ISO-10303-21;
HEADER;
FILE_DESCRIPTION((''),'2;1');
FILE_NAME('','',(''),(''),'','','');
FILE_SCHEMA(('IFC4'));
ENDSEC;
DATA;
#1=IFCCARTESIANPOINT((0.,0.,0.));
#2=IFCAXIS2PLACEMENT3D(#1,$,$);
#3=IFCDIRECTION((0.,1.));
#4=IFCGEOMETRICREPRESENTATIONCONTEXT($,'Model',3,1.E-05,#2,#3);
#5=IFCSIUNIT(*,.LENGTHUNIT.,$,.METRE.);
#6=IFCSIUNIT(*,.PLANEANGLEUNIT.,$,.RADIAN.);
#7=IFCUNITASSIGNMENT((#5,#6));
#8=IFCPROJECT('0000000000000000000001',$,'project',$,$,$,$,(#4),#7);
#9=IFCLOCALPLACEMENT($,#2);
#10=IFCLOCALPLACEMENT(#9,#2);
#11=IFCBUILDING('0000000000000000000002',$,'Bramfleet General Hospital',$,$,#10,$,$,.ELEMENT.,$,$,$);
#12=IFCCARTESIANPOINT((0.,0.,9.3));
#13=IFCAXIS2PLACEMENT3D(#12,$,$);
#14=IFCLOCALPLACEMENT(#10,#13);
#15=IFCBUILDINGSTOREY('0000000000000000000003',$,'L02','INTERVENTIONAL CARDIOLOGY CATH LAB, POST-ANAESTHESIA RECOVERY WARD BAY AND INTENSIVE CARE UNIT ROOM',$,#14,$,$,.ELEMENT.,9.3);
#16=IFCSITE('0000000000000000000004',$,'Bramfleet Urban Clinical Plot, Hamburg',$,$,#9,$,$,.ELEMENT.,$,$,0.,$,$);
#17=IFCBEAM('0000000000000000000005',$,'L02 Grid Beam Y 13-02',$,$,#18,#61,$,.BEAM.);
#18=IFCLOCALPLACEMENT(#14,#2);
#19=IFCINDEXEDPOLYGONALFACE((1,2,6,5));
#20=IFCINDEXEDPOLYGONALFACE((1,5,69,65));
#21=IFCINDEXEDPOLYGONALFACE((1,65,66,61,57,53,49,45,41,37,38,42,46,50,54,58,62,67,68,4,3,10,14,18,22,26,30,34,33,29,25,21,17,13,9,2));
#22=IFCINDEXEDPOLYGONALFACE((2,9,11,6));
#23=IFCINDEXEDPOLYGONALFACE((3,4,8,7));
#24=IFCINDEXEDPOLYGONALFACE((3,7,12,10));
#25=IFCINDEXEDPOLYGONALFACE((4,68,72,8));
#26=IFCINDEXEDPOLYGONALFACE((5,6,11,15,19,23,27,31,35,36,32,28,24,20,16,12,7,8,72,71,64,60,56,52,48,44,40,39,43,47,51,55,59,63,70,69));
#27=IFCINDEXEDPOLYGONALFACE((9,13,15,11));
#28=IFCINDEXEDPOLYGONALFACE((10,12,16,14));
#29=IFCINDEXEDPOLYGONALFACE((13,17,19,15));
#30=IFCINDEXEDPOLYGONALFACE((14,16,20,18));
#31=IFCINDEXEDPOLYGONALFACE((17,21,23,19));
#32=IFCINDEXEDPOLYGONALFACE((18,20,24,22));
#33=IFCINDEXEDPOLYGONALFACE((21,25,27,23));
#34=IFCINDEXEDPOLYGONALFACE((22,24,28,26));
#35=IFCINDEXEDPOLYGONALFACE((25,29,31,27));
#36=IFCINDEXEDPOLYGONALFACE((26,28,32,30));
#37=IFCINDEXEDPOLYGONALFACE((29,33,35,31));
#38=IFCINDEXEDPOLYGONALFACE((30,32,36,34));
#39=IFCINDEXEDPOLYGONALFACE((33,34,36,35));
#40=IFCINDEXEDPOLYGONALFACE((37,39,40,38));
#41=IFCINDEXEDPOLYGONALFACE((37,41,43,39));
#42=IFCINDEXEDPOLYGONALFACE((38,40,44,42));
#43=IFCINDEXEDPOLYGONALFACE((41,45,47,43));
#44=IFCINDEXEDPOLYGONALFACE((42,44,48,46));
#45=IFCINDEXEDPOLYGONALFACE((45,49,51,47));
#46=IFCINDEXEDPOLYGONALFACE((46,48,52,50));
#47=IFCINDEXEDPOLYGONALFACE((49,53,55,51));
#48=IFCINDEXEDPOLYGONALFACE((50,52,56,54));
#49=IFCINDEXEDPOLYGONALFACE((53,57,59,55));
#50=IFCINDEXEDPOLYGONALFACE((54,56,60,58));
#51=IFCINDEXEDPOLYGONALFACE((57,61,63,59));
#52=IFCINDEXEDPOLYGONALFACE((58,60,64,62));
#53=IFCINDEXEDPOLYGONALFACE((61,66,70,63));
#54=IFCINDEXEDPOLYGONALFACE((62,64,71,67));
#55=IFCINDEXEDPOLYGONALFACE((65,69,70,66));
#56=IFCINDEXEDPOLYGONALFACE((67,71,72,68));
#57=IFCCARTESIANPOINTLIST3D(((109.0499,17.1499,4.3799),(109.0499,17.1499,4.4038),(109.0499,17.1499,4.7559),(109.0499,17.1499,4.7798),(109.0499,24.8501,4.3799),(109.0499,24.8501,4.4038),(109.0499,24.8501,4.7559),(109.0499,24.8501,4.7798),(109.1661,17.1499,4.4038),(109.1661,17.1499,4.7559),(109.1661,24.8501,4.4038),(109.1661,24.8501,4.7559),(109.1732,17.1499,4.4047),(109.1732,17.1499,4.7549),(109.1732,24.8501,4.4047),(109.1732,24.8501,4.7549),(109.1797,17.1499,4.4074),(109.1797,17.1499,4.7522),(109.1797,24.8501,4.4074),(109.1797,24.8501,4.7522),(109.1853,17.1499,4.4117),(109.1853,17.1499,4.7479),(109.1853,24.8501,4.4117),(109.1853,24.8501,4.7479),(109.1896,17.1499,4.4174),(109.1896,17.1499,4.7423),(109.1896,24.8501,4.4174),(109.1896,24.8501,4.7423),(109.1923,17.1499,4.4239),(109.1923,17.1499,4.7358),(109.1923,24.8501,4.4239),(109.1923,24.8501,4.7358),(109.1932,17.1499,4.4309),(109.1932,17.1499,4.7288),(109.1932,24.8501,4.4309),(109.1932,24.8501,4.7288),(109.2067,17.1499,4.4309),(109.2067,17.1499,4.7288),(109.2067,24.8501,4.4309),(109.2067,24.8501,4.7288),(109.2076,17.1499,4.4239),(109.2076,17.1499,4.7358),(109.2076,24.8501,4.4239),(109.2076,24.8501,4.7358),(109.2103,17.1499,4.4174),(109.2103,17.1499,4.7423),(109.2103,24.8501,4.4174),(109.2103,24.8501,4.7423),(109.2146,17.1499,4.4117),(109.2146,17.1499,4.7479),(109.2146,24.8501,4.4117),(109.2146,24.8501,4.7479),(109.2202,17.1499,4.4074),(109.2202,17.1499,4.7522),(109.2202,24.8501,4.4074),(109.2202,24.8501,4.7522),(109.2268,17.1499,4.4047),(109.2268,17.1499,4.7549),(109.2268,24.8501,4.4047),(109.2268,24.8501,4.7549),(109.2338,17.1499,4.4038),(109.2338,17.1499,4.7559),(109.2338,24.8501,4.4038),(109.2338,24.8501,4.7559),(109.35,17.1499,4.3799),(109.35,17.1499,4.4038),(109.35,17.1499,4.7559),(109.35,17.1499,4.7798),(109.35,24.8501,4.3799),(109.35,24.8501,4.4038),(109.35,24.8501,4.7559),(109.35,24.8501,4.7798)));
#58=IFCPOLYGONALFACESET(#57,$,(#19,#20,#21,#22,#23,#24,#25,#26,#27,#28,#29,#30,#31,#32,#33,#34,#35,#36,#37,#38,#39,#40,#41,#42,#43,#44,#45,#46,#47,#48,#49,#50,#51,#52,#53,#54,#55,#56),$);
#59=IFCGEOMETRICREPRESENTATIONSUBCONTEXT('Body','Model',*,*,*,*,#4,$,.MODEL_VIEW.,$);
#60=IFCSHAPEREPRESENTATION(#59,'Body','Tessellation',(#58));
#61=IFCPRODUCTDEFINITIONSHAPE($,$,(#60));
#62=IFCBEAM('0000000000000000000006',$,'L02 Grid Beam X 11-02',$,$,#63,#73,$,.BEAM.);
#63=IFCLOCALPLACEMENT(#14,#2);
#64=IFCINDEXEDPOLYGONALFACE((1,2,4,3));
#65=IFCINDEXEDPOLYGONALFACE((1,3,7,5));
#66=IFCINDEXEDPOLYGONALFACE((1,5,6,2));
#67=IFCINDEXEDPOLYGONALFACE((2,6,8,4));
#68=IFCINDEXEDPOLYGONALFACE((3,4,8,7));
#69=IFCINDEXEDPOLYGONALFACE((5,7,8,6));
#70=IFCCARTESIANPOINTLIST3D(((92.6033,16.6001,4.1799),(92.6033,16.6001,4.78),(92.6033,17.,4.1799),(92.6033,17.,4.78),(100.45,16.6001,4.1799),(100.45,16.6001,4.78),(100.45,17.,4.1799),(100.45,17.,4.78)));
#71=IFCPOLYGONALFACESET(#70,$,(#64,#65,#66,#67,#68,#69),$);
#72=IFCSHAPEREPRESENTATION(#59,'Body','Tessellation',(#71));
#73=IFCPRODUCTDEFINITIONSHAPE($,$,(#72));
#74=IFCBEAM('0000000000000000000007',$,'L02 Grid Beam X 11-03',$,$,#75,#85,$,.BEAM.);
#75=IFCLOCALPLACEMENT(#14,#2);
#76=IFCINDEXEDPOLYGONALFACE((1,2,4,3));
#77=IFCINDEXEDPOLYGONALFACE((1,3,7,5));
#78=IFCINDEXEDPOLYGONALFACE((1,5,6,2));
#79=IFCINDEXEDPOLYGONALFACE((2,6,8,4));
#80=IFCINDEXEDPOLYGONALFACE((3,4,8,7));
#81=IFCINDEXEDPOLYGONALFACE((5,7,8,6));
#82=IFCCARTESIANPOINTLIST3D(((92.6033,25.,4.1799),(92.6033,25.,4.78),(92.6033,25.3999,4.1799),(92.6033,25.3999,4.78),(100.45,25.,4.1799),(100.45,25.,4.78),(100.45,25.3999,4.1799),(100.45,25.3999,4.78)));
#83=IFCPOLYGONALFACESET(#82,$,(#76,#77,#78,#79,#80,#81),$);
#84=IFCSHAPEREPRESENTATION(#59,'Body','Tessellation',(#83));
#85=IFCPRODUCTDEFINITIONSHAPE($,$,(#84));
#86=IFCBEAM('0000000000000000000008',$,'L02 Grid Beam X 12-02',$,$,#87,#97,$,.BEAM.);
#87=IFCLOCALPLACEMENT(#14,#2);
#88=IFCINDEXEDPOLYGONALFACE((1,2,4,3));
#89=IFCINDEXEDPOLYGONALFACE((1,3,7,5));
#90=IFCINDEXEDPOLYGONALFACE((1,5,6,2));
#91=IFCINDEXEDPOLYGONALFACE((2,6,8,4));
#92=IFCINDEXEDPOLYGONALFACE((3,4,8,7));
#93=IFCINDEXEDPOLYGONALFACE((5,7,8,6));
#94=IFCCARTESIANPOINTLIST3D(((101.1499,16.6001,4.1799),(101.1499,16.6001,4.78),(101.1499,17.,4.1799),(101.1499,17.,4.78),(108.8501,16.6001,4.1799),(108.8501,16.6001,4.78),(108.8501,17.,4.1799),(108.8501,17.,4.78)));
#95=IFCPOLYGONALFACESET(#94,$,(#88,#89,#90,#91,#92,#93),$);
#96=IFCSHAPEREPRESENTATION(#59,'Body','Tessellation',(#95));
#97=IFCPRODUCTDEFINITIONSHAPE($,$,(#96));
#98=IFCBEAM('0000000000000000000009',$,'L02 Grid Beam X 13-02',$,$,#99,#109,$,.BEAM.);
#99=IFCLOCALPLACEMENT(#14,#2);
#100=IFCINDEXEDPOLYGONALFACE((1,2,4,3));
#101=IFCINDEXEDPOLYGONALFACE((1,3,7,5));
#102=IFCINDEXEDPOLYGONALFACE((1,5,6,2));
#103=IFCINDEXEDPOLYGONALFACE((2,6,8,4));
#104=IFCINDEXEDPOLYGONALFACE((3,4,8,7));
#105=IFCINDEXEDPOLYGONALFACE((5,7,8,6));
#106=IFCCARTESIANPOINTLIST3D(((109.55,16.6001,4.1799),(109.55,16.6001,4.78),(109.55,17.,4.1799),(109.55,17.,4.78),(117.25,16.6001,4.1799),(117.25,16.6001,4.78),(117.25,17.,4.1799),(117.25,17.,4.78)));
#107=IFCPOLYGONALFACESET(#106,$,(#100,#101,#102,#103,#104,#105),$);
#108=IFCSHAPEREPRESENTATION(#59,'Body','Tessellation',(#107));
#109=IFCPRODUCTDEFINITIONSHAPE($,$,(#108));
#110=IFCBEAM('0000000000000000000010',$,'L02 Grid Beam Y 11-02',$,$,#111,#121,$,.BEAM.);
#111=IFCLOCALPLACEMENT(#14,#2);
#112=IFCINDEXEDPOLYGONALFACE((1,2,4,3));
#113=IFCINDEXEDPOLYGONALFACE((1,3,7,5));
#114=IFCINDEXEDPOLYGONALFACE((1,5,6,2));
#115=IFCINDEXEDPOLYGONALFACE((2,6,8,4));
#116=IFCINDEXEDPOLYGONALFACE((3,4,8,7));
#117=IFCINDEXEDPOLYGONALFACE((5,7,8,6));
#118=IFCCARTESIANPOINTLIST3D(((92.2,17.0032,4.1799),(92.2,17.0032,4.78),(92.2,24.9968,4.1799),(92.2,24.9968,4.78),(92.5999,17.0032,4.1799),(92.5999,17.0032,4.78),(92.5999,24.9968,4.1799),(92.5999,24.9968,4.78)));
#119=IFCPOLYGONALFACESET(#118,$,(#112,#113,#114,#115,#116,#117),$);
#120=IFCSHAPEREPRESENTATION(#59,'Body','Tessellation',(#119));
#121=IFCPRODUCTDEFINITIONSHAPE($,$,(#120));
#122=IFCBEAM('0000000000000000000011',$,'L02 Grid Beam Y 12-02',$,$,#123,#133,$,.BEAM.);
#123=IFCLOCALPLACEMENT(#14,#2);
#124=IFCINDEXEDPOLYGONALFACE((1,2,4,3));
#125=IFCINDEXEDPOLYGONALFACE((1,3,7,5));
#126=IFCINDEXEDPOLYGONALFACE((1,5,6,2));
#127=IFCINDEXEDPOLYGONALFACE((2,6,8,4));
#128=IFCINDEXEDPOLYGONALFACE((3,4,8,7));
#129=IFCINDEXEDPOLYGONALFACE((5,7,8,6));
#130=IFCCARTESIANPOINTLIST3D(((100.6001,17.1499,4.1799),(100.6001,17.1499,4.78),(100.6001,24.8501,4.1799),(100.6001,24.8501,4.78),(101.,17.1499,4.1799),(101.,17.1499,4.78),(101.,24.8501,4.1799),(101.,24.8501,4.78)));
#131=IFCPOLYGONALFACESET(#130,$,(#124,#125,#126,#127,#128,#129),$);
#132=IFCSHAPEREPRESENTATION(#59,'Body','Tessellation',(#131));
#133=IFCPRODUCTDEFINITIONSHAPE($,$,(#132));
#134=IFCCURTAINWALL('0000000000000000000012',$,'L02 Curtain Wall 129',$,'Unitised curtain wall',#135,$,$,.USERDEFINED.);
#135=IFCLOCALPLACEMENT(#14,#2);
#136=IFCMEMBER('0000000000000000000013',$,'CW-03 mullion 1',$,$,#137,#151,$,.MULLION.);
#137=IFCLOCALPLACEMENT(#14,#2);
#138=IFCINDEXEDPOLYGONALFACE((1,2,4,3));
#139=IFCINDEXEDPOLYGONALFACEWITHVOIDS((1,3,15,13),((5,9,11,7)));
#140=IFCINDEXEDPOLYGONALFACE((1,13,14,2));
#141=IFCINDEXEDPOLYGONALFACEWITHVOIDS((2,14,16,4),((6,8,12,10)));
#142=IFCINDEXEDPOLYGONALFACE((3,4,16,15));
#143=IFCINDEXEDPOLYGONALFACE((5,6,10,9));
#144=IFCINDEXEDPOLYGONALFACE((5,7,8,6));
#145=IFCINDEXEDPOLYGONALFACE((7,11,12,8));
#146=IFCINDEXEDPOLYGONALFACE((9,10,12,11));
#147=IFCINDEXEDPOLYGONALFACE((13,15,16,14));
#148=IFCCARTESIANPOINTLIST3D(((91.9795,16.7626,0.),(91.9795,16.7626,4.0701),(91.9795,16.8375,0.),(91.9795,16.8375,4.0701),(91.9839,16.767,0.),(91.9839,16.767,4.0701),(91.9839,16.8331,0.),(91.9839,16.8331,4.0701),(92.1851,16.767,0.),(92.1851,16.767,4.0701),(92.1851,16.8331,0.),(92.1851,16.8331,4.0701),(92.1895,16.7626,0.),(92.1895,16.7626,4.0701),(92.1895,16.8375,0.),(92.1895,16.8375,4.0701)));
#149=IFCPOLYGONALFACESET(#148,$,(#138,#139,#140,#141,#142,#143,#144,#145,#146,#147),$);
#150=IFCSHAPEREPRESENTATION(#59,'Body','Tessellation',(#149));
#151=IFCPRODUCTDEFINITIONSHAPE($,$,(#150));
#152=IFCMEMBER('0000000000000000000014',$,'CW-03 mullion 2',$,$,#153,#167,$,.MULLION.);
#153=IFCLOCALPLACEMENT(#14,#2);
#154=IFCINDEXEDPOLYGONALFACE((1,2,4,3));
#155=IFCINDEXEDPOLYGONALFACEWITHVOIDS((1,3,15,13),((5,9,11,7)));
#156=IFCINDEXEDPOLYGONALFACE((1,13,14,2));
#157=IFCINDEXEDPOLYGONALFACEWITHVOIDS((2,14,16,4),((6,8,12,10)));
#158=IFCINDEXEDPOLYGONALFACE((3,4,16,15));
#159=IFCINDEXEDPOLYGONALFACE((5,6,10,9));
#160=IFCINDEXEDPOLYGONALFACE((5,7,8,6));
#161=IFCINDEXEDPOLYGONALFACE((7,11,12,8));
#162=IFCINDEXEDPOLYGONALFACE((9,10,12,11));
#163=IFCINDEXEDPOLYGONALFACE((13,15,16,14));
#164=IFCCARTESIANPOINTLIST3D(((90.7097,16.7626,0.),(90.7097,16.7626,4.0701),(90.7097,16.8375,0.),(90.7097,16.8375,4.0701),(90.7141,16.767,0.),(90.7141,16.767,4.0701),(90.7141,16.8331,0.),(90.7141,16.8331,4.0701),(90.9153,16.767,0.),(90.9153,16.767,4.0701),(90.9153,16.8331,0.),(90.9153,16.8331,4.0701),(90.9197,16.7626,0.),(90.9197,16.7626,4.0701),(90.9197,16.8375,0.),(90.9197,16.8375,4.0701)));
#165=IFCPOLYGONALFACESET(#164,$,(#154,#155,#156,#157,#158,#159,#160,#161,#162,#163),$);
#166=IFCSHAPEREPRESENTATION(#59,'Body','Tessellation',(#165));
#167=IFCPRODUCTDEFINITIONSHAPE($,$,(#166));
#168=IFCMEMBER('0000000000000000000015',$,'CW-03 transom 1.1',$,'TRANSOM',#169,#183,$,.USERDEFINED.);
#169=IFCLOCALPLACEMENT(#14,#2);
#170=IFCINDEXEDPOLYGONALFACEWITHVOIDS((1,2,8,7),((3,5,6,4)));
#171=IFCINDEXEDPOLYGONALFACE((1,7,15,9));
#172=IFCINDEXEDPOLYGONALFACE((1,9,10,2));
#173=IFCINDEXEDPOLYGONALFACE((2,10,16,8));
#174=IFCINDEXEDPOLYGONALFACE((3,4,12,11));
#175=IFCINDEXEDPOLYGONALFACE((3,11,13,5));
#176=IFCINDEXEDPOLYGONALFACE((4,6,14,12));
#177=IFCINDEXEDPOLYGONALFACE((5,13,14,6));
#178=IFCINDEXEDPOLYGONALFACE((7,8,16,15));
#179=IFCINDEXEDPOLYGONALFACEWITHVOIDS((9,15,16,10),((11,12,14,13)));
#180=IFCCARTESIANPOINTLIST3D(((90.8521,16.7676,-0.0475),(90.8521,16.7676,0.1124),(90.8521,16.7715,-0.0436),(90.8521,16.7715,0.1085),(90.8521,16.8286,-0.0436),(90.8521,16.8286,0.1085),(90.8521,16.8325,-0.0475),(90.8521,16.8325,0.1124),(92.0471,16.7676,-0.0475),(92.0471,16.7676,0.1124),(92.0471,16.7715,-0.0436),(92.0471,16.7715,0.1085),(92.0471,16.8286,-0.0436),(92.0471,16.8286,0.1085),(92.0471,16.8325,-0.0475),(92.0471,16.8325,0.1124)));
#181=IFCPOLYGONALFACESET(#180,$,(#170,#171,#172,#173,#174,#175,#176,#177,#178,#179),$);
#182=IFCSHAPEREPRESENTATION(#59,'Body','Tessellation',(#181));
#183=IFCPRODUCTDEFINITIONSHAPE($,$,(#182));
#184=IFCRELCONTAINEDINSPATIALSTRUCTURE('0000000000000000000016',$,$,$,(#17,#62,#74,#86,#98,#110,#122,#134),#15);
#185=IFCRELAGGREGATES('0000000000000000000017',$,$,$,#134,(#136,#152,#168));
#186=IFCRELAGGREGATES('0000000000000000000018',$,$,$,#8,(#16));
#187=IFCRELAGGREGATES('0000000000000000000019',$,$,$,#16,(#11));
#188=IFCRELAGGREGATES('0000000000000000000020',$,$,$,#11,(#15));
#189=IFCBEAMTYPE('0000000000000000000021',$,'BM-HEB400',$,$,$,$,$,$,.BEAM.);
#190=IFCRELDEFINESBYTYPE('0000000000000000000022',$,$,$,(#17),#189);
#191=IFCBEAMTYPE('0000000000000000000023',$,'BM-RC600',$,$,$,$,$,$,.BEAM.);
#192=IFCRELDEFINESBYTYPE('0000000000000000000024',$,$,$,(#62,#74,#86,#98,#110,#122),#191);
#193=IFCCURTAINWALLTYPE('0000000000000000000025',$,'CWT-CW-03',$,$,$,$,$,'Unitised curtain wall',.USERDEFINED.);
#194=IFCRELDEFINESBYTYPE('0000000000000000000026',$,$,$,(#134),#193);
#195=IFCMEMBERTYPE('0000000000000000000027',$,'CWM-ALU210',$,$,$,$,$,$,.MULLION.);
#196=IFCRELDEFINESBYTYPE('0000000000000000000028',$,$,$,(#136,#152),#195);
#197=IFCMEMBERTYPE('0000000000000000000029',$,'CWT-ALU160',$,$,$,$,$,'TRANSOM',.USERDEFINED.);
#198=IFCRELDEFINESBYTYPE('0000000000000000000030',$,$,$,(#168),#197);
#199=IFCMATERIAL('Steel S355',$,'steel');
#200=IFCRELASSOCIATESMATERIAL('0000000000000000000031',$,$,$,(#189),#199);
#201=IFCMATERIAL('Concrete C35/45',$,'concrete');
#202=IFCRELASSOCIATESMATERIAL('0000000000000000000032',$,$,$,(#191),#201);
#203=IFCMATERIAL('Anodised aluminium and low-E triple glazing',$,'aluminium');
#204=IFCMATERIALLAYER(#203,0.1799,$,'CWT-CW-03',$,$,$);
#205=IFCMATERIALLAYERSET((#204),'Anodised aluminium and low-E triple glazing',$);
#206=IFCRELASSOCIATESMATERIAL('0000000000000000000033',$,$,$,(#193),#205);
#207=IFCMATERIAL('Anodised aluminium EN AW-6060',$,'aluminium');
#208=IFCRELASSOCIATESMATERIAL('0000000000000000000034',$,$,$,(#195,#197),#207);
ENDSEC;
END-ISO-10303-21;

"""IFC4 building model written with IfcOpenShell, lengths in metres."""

from ifc_helpers import new_model, si_unit, direction, frame, origin, origin_2d, place, context, subcontext, project, spatial, rectangle, hollow_rectangle, i_section, extrude, material, layer, layer_set, material_profile, profile_set, type_object, element, aggregate, save


model = new_model("IFC4")

# Units and contexts
model_context = context("Model", 3, precision=1e-05, world=origin(), true_north=direction((0.0, 1.0)))
body_context = subcontext(model_context, "Body", "Model", "MODEL_VIEW")
ifc_project = project(units=[si_unit("LENGTHUNIT", "METRE"), si_unit("PLANEANGLEUNIT", "RADIAN")], contexts=[model_context])

# Site, building, storey
site_placement = place(None, origin())
site = spatial("IfcSite", under=ifc_project, at=site_placement, Name="Bramfleet Urban Clinical Plot, Hamburg", CompositionType="ELEMENT", RefElevation=0.0)
building_placement = place(site_placement, origin())
building = spatial("IfcBuilding", under=site, at=building_placement, Name="Bramfleet General Hospital", CompositionType="ELEMENT")
storey_placement = place(building_placement, frame((0.0, 0.0, 9.3)))
storey = spatial("IfcBuildingStorey", under=building, at=storey_placement, Name="L02", Description="INTERVENTIONAL CARDIOLOGY CATH LAB, POST-ANAESTHESIA RECOVERY WARD BAY AND INTENSIVE CARE UNIT ROOM", CompositionType="ELEMENT", Elevation=9.3)

# Shared definitions
ifc_material_1 = material(Name="Steel S355", Category="steel")

# Beams
ifc_material_profile_1 = material_profile(ifc_material_1, i_section(OverallWidth=0.3, OverallDepth=0.3999, WebThickness=0.0134, FlangeThickness=0.0239, FilletRadius=0.0271, at=origin_2d()), Name="HEB 400")
ifc_profile_set_1 = profile_set([ifc_material_profile_1], Name="Steel S355")
beam_type_1 = type_object("IfcBeamType", Name="BM-HEB400", PredefinedType="BEAM", material=ifc_profile_set_1)
beam_1_placement = place(storey_placement, frame((109.2, 17.1499, 4.5798), z_axis=(0.0, 1.0, 0.0), x_axis=(-1.0, 0.0, 0.0)))
element("IfcBeam", 1, at=beam_1_placement, inside=storey, type_object=beam_type_1, Name="L02 Grid Beam Y 13-02", PredefinedType="BEAM", context=body_context, shape_type="SweptSolid", body=[
    extrude(i_section(OverallWidth=0.3, OverallDepth=0.3999, WebThickness=0.0134, FlangeThickness=0.0239, FilletRadius=0.0271, at=origin_2d()), origin(), (0.0, 0.0, 1.0), 7.7002),
])
ifc_material_2 = material(Name="Concrete C35/45", Category="concrete")
ifc_material_profile_2 = material_profile(ifc_material_2, rectangle(XDim=0.3999, YDim=0.6001, at=origin_2d()), Name="RC BM 600x400")
ifc_profile_set_2 = profile_set([ifc_material_profile_2], Name="Concrete C35/45")
beam_type_2 = type_object("IfcBeamType", Name="BM-RC600", PredefinedType="BEAM", material=ifc_profile_set_2)
for number, where, z_axis, x_axis, name in (
    (2, (92.6033, 16.8, 4.48), (1.0, 0.0, 0.0), (0.0, 1.0, 0.0), "L02 Grid Beam X 11-02"),
    (3, (92.6033, 25.2, 4.48), (1.0, 0.0, 0.0), (0.0, 1.0, 0.0), "L02 Grid Beam X 11-03"),
):
    element("IfcBeam", number, at=place(storey_placement, frame(where, z_axis=z_axis, x_axis=x_axis)), inside=storey, type_object=beam_type_2, Name=name, PredefinedType="BEAM", context=body_context, shape_type="SweptSolid", body=[
        extrude(rectangle(XDim=0.3999, YDim=0.6001, at=origin_2d()), origin(), (0.0, 0.0, 1.0), 7.8467),
    ])
beam_2_placement = place(storey_placement, frame((101.1499, 16.8, 4.48), z_axis=(1.0, 0.0, 0.0), x_axis=(0.0, 1.0, 0.0)))
element("IfcBeam", 4, at=beam_2_placement, inside=storey, type_object=beam_type_2, Name="L02 Grid Beam X 12-02", PredefinedType="BEAM", context=body_context, shape_type="SweptSolid", body=[
    extrude(rectangle(XDim=0.3999, YDim=0.6001, at=origin_2d()), origin(), (0.0, 0.0, 1.0), 7.7002),
])
beam_3_placement = place(storey_placement, frame((109.55, 16.8, 4.48), z_axis=(1.0, 0.0, 0.0), x_axis=(0.0, 1.0, 0.0)))
element("IfcBeam", 5, at=beam_3_placement, inside=storey, type_object=beam_type_2, Name="L02 Grid Beam X 13-02", PredefinedType="BEAM", context=body_context, shape_type="SweptSolid", body=[
    extrude(rectangle(XDim=0.3999, YDim=0.6001, at=origin_2d()), origin(), (0.0, 0.0, 1.0), 7.7),
])
beam_4_placement = place(storey_placement, frame((92.3999, 17.0032, 4.48), z_axis=(0.0, 1.0, 0.0), x_axis=(-1.0, 0.0, 0.0)))
element("IfcBeam", 6, at=beam_4_placement, inside=storey, type_object=beam_type_2, Name="L02 Grid Beam Y 11-02", PredefinedType="BEAM", context=body_context, shape_type="SweptSolid", body=[
    extrude(rectangle(XDim=0.3999, YDim=0.6001, at=origin_2d()), origin(), (0.0, 0.0, 1.0), 7.9937),
])
beam_5_placement = place(storey_placement, frame((100.8, 17.1499, 4.48), z_axis=(0.0, 1.0, 0.0), x_axis=(-1.0, 0.0, 0.0)))
element("IfcBeam", 7, at=beam_5_placement, inside=storey, type_object=beam_type_2, Name="L02 Grid Beam Y 12-02", PredefinedType="BEAM", context=body_context, shape_type="SweptSolid", body=[
    extrude(rectangle(XDim=0.3999, YDim=0.6001, at=origin_2d()), origin(), (0.0, 0.0, 1.0), 7.7002),
])

# Curtain wall, members
ifc_material_3 = material(Name="Anodised aluminium and low-E triple glazing", Category="aluminium")
ifc_layer_1 = layer(ifc_material_3, 0.1799, Name="CWT-CW-03")
ifc_layer_set_1 = layer_set([ifc_layer_1], Name="Anodised aluminium and low-E triple glazing")
curtain_wall_type = type_object("IfcCurtainWallType", Name="CWT-CW-03", ElementType="Unitised curtain wall", PredefinedType="USERDEFINED", material=ifc_layer_set_1)
curtain_wall_placement = place(storey_placement, origin())
curtain_wall = element("IfcCurtainWall", 8, at=curtain_wall_placement, inside=storey, type_object=curtain_wall_type, Name="L02 Curtain Wall 129", ObjectType="Unitised curtain wall", PredefinedType="USERDEFINED")
ifc_material_4 = material(Name="Anodised aluminium EN AW-6060", Category="aluminium")
ifc_material_profile_3 = material_profile(ifc_material_4, hollow_rectangle(XDim=0.075, YDim=0.21, WallThickness=0.0044, at=origin_2d()), Name="ALU 210x75x4.5")
ifc_profile_set_3 = profile_set([ifc_material_profile_3], Name="Anodised aluminium EN AW-6060")
member_type_1 = type_object("IfcMemberType", Name="CWM-ALU210", PredefinedType="MULLION", material=ifc_profile_set_3)
member_1_placement = place(storey_placement, frame((92.0845, 16.8, 0.0), z_axis=(0.0, 0.0, 1.0), x_axis=(0.0, -1.0, 0.0)))
member_1 = element("IfcMember", 9, at=member_1_placement, type_object=member_type_1, Name="CW-03 mullion 1", PredefinedType="MULLION", context=body_context, shape_type="SweptSolid", body=[
    extrude(hollow_rectangle(XDim=0.075, YDim=0.21, WallThickness=0.0044, at=origin_2d()), origin(), (0.0, 0.0, 1.0), 4.0701),
])
member_2_placement = place(storey_placement, frame((90.8147, 16.8, 0.0), z_axis=(0.0, 0.0, 1.0), x_axis=(0.0, -1.0, 0.0)))
member_2 = element("IfcMember", 10, at=member_2_placement, type_object=member_type_1, Name="CW-03 mullion 2", PredefinedType="MULLION", context=body_context, shape_type="SweptSolid", body=[
    extrude(hollow_rectangle(XDim=0.075, YDim=0.21, WallThickness=0.0044, at=origin_2d()), origin(), (0.0, 0.0, 1.0), 4.0701),
])
ifc_material_profile_4 = material_profile(ifc_material_4, hollow_rectangle(XDim=0.0649, YDim=0.1599, WallThickness=0.0039, at=origin_2d()), Name="ALU 160x65x4.0")
ifc_profile_set_4 = profile_set([ifc_material_profile_4], Name="Anodised aluminium EN AW-6060")
member_type_2 = type_object("IfcMemberType", Name="CWT-ALU160", ElementType="TRANSOM", PredefinedType="USERDEFINED", material=ifc_profile_set_4)
member_3_placement = place(storey_placement, frame((92.0471, 16.8, 0.0325), z_axis=(-1.0, 0.0, 0.0), x_axis=(0.0, -1.0, 0.0)))
member_3 = element("IfcMember", 11, at=member_3_placement, type_object=member_type_2, Name="CW-03 transom 1.1", ObjectType="TRANSOM", PredefinedType="USERDEFINED", context=body_context, shape_type="SweptSolid", body=[
    extrude(hollow_rectangle(XDim=0.0649, YDim=0.1599, WallThickness=0.0039, at=origin_2d()), origin(), (0.0, 0.0, 1.0), 1.1951),
])
aggregate(curtain_wall, [member_1, member_2, member_3])

save(model, "model.ifc")
